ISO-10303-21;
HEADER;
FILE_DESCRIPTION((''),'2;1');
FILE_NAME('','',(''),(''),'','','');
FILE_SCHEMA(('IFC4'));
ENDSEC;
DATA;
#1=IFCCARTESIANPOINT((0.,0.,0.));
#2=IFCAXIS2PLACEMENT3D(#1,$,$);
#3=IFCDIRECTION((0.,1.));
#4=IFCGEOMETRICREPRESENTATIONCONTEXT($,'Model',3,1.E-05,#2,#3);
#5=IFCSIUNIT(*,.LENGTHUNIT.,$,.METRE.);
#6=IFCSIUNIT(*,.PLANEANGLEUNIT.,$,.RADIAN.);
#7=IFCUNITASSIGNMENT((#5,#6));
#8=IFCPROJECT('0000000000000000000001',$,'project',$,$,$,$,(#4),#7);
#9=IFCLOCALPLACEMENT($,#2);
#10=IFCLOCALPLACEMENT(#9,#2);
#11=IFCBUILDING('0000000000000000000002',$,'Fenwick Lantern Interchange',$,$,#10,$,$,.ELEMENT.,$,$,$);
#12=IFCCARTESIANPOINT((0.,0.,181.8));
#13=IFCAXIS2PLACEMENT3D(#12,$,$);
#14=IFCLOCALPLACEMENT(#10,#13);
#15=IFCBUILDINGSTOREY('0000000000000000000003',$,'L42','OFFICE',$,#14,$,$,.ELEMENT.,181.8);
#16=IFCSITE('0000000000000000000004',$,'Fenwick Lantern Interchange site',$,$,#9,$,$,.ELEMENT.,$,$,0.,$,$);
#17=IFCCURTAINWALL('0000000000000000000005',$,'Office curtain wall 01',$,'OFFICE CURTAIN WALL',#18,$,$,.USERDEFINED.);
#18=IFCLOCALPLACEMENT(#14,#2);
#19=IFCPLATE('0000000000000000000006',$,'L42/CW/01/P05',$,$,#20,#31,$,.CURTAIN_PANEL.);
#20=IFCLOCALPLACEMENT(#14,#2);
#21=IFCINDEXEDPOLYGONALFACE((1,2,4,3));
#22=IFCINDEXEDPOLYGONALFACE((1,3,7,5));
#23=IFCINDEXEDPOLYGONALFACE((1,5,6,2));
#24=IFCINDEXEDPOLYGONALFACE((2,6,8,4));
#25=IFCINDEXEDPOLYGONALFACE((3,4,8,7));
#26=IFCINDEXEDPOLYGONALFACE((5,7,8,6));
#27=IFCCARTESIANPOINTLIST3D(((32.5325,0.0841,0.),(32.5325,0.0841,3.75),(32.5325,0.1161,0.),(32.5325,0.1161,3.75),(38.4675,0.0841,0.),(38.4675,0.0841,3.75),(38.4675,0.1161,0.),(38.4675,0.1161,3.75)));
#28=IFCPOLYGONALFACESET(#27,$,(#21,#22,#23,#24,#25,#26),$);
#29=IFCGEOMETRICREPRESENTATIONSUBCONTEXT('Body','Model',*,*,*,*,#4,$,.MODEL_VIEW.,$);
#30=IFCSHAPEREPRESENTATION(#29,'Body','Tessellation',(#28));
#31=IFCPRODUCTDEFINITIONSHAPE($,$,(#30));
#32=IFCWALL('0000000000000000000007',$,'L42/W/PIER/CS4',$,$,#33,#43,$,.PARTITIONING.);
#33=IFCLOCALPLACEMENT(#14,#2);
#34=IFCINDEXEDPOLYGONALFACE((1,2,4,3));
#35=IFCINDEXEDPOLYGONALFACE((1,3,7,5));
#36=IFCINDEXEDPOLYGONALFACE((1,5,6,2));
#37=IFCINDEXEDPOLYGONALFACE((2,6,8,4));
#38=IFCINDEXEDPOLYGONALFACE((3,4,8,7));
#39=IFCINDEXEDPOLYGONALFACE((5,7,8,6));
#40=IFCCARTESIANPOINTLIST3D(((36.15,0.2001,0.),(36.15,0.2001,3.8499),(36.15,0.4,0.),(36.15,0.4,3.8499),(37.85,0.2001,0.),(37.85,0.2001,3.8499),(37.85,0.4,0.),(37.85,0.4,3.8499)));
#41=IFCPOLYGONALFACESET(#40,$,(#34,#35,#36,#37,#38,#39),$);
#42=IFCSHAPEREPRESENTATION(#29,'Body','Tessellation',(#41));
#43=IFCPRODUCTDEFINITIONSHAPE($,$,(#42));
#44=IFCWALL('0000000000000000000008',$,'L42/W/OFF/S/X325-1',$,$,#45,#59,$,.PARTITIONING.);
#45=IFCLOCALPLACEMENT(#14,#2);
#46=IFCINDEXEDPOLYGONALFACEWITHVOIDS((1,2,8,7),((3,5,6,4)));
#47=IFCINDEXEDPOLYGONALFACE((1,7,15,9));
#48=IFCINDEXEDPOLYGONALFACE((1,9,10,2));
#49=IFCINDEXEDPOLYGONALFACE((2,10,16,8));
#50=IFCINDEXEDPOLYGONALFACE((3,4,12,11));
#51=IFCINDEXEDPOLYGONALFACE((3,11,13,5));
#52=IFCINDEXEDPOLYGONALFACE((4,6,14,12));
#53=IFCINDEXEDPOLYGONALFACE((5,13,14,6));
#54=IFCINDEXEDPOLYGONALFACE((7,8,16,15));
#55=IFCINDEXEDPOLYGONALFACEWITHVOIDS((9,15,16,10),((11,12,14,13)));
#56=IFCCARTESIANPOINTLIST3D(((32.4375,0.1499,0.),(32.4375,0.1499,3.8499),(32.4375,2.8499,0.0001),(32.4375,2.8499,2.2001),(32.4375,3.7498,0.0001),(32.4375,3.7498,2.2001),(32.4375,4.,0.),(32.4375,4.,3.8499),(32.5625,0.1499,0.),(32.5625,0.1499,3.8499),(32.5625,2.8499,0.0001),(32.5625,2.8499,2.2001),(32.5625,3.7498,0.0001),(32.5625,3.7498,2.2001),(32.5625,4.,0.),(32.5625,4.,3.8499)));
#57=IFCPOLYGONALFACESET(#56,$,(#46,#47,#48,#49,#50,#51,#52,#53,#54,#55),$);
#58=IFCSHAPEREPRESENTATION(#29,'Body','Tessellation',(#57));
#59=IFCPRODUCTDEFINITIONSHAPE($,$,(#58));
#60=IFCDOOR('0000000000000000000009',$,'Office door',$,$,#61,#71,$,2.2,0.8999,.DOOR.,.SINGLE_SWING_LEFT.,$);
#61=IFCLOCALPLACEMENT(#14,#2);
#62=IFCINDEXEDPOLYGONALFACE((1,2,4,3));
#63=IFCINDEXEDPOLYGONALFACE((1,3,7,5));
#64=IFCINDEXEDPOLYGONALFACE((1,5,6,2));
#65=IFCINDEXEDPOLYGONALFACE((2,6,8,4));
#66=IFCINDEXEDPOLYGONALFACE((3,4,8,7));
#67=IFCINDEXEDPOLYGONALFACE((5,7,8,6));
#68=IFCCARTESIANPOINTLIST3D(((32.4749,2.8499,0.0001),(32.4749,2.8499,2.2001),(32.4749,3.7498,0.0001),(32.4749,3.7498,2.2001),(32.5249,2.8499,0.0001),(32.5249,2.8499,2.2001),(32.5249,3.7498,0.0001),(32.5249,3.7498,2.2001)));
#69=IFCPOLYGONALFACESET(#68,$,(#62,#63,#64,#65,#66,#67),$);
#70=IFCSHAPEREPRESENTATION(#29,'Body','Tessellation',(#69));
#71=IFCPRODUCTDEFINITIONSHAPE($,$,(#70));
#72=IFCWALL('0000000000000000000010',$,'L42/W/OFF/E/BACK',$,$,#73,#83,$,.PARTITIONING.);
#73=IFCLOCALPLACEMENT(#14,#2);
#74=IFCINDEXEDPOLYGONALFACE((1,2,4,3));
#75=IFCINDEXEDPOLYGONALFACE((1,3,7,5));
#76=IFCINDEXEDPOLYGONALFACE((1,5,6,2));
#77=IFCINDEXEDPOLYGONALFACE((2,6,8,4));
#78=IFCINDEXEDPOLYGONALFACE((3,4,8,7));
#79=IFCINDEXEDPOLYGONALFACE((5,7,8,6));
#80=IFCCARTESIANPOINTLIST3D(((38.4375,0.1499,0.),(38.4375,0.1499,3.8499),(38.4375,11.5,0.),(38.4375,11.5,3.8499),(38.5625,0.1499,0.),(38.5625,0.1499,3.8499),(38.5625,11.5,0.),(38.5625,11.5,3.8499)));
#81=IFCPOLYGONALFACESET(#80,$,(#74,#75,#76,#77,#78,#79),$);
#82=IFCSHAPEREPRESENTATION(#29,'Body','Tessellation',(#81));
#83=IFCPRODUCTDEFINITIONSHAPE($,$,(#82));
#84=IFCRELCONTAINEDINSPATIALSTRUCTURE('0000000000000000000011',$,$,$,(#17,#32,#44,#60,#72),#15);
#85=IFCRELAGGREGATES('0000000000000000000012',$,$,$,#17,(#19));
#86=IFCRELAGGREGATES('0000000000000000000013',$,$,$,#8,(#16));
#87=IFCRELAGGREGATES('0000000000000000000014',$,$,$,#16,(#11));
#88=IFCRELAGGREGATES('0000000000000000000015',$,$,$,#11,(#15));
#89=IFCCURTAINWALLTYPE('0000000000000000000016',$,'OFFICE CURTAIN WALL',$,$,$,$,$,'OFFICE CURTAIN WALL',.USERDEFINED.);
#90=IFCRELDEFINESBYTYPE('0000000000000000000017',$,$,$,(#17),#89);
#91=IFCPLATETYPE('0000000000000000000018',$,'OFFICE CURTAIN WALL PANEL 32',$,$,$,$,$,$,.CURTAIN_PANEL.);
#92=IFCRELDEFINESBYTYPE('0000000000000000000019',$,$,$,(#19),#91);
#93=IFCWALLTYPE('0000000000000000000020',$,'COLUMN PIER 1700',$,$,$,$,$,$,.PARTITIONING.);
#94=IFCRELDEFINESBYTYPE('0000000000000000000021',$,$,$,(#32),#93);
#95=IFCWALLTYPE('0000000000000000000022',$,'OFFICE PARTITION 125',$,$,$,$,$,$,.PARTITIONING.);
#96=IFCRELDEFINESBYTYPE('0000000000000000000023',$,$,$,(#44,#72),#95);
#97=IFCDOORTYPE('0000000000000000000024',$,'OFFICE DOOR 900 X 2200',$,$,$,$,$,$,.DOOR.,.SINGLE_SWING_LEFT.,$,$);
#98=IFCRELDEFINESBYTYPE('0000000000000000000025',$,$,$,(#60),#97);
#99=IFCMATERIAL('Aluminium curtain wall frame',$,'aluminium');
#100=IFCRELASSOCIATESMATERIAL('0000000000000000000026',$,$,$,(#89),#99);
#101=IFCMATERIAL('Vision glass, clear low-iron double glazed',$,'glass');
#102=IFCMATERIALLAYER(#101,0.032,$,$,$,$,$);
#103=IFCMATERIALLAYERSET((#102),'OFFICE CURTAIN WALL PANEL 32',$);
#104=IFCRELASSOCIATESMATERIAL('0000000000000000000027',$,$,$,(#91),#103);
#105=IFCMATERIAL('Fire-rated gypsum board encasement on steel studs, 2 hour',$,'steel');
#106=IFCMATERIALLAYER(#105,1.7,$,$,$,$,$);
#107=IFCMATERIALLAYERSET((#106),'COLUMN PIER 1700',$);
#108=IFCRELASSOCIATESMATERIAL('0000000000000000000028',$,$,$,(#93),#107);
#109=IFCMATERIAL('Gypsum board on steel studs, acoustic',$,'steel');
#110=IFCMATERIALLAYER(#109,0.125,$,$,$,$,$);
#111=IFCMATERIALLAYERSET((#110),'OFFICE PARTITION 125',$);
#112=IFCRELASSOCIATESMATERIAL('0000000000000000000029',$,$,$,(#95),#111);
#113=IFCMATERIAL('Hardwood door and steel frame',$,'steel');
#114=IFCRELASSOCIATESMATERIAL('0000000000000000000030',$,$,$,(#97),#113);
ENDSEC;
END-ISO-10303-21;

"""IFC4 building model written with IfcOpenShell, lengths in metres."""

from ifc_helpers import new_model, si_unit, direction, frame, frame_2d, origin, origin_2d, place, context, subcontext, project, spatial, rectangle, extrude, material, layer, layer_set, type_object, element, fill, aggregate, save


model = new_model("IFC4")

# Units and contexts
model_context = context("Model", 3, precision=1e-05, world=origin(), true_north=direction((0.0, 1.0)))
body_context = subcontext(model_context, "Body", "Model", "MODEL_VIEW")
ifc_project = project(units=[si_unit("LENGTHUNIT", "METRE"), si_unit("PLANEANGLEUNIT", "RADIAN")], contexts=[model_context])

# Site, building, storey
site_placement = place(None, origin())
site = spatial("IfcSite", under=ifc_project, at=site_placement, Name="Fenwick Lantern Interchange site", CompositionType="ELEMENT", RefElevation=0.0)
building_placement = place(site_placement, origin())
building = spatial("IfcBuilding", under=site, at=building_placement, Name="Fenwick Lantern Interchange", CompositionType="ELEMENT")
storey_placement = place(building_placement, frame((0.0, 0.0, 181.8)))
storey = spatial("IfcBuildingStorey", under=building, at=storey_placement, Name="L42", Description="OFFICE", CompositionType="ELEMENT", Elevation=181.8)

# Curtain wall, plate
ifc_material_1 = material(Name="Aluminium curtain wall frame", Category="aluminium")
curtain_wall_type = type_object("IfcCurtainWallType", Name="OFFICE CURTAIN WALL", ElementType="OFFICE CURTAIN WALL", PredefinedType="USERDEFINED", material=ifc_material_1)
curtain_wall_placement = place(storey_placement, origin())
curtain_wall = element("IfcCurtainWall", 1, at=curtain_wall_placement, inside=storey, type_object=curtain_wall_type, Name="Office curtain wall 01", ObjectType="OFFICE CURTAIN WALL", PredefinedType="USERDEFINED")
ifc_material_2 = material(Name="Vision glass, clear low-iron double glazed", Category="glass")
ifc_layer_1 = layer(ifc_material_2, 0.032)
ifc_layer_set_1 = layer_set([ifc_layer_1], Name="OFFICE CURTAIN WALL PANEL 32")
plate_type = type_object("IfcPlateType", Name="OFFICE CURTAIN WALL PANEL 32", PredefinedType="CURTAIN_PANEL", material=ifc_layer_set_1)
plate_placement = place(storey_placement, frame((35.5, 0.1001, 0.0), z_axis=(0.0, 0.0, 1.0), x_axis=(1.0, 0.0, 0.0)))
plate = element("IfcPlate", 2, at=plate_placement, type_object=plate_type, Name="L42/CW/01/P05", PredefinedType="CURTAIN_PANEL", context=body_context, shape_type="SweptSolid", body=[
    extrude(rectangle(XDim=5.9351, YDim=0.032, at=origin_2d()), origin(), (0.0, 0.0, 1.0), 3.75),
])
aggregate(curtain_wall, [plate])

# Wall
ifc_material_3 = material(Name="Fire-rated gypsum board encasement on steel studs, 2 hour", Category="steel")
ifc_layer_2 = layer(ifc_material_3, 1.7)
ifc_layer_set_2 = layer_set([ifc_layer_2], Name="COLUMN PIER 1700")
wall_type_1 = type_object("IfcWallType", Name="COLUMN PIER 1700", PredefinedType="PARTITIONING", material=ifc_layer_set_2)
wall_1_placement = place(storey_placement, frame((37.0, 0.2, 0.0), z_axis=(0.0, 0.0, 1.0), x_axis=(0.0, 1.0, 0.0)))
element("IfcWall", 3, at=wall_1_placement, inside=storey, type_object=wall_type_1, Name="L42/W/PIER/CS4", PredefinedType="PARTITIONING", context=body_context, shape_type="SweptSolid", body=[
    extrude(rectangle(XDim=0.2, YDim=1.7, at=frame_2d((0.1001, 0.0))), origin(), (0.0, 0.0, 1.0), 3.8499),
])

# Wall, opening, door
ifc_material_4 = material(Name="Gypsum board on steel studs, acoustic", Category="steel")
ifc_layer_3 = layer(ifc_material_4, 0.125)
ifc_layer_set_3 = layer_set([ifc_layer_3], Name="OFFICE PARTITION 125")
wall_type_2 = type_object("IfcWallType", Name="OFFICE PARTITION 125", PredefinedType="PARTITIONING", material=ifc_layer_set_3)
wall_2_placement = place(storey_placement, frame((32.5, 0.1499, 0.0), z_axis=(0.0, 0.0, 1.0), x_axis=(0.0, 1.0, 0.0)))
wall_2 = element("IfcWall", 4, at=wall_2_placement, inside=storey, type_object=wall_type_2, Name="L42/W/OFF/S/X325-1", PredefinedType="PARTITIONING", context=body_context, shape_type="SweptSolid", body=[
    extrude(rectangle(XDim=3.8501, YDim=0.125, at=frame_2d((1.925, 0.0))), origin(), (0.0, 0.0, 1.0), 3.8499),
])
opening_placement = place(wall_2_placement, frame((2.7, 0.0, 0.0)))
opening = element("IfcOpeningElement", 5, at=opening_placement, cuts=wall_2, PredefinedType="OPENING", context=body_context, shape_type="SweptSolid", body=[
    extrude(rectangle(XDim=0.8999, YDim=2.2, at=frame_2d((0.45, 1.1001))), frame((0.0, 0.0725, 0.0), z_axis=(0.0, -1.0, 0.0), x_axis=(1.0, 0.0, 0.0)), (0.0, 0.0, 1.0), 0.145),
])
ifc_material_5 = material(Name="Hardwood door and steel frame", Category="steel")
door_type = type_object("IfcDoorType", Name="OFFICE DOOR 900 X 2200", OperationType="SINGLE_SWING_LEFT", PredefinedType="DOOR", material=ifc_material_5)
door_placement = place(opening_placement, frame((0.8999, 0.0, 0.0), z_axis=(0.0, 0.0, 1.0), x_axis=(-1.0, 0.0, 0.0)))
door = element("IfcDoor", 6, at=door_placement, inside=storey, type_object=door_type, Name="Office door", OperationType="SINGLE_SWING_LEFT", OverallHeight=2.2, OverallWidth=0.8999, PredefinedType="DOOR", context=body_context, shape_type="SweptSolid", body=[
    extrude(rectangle(XDim=0.8999, YDim=2.2, at=frame_2d((0.45, 1.1001))), frame((0.0, 0.0249, 0.0), z_axis=(0.0, -1.0, 0.0), x_axis=(1.0, 0.0, 0.0)), (0.0, 0.0, 1.0), 0.05),
])
fill(opening, door)

# Wall
wall_3_placement = place(storey_placement, frame((38.5, 0.1499, 0.0), z_axis=(0.0, 0.0, 1.0), x_axis=(0.0, 1.0, 0.0)))
element("IfcWall", 7, at=wall_3_placement, inside=storey, type_object=wall_type_2, Name="L42/W/OFF/E/BACK", PredefinedType="PARTITIONING", context=body_context, shape_type="SweptSolid", body=[
    extrude(rectangle(XDim=11.3501, YDim=0.125, at=frame_2d((5.675, 0.0))), origin(), (0.0, 0.0, 1.0), 3.8499),
])

save(model, "model.ifc")
